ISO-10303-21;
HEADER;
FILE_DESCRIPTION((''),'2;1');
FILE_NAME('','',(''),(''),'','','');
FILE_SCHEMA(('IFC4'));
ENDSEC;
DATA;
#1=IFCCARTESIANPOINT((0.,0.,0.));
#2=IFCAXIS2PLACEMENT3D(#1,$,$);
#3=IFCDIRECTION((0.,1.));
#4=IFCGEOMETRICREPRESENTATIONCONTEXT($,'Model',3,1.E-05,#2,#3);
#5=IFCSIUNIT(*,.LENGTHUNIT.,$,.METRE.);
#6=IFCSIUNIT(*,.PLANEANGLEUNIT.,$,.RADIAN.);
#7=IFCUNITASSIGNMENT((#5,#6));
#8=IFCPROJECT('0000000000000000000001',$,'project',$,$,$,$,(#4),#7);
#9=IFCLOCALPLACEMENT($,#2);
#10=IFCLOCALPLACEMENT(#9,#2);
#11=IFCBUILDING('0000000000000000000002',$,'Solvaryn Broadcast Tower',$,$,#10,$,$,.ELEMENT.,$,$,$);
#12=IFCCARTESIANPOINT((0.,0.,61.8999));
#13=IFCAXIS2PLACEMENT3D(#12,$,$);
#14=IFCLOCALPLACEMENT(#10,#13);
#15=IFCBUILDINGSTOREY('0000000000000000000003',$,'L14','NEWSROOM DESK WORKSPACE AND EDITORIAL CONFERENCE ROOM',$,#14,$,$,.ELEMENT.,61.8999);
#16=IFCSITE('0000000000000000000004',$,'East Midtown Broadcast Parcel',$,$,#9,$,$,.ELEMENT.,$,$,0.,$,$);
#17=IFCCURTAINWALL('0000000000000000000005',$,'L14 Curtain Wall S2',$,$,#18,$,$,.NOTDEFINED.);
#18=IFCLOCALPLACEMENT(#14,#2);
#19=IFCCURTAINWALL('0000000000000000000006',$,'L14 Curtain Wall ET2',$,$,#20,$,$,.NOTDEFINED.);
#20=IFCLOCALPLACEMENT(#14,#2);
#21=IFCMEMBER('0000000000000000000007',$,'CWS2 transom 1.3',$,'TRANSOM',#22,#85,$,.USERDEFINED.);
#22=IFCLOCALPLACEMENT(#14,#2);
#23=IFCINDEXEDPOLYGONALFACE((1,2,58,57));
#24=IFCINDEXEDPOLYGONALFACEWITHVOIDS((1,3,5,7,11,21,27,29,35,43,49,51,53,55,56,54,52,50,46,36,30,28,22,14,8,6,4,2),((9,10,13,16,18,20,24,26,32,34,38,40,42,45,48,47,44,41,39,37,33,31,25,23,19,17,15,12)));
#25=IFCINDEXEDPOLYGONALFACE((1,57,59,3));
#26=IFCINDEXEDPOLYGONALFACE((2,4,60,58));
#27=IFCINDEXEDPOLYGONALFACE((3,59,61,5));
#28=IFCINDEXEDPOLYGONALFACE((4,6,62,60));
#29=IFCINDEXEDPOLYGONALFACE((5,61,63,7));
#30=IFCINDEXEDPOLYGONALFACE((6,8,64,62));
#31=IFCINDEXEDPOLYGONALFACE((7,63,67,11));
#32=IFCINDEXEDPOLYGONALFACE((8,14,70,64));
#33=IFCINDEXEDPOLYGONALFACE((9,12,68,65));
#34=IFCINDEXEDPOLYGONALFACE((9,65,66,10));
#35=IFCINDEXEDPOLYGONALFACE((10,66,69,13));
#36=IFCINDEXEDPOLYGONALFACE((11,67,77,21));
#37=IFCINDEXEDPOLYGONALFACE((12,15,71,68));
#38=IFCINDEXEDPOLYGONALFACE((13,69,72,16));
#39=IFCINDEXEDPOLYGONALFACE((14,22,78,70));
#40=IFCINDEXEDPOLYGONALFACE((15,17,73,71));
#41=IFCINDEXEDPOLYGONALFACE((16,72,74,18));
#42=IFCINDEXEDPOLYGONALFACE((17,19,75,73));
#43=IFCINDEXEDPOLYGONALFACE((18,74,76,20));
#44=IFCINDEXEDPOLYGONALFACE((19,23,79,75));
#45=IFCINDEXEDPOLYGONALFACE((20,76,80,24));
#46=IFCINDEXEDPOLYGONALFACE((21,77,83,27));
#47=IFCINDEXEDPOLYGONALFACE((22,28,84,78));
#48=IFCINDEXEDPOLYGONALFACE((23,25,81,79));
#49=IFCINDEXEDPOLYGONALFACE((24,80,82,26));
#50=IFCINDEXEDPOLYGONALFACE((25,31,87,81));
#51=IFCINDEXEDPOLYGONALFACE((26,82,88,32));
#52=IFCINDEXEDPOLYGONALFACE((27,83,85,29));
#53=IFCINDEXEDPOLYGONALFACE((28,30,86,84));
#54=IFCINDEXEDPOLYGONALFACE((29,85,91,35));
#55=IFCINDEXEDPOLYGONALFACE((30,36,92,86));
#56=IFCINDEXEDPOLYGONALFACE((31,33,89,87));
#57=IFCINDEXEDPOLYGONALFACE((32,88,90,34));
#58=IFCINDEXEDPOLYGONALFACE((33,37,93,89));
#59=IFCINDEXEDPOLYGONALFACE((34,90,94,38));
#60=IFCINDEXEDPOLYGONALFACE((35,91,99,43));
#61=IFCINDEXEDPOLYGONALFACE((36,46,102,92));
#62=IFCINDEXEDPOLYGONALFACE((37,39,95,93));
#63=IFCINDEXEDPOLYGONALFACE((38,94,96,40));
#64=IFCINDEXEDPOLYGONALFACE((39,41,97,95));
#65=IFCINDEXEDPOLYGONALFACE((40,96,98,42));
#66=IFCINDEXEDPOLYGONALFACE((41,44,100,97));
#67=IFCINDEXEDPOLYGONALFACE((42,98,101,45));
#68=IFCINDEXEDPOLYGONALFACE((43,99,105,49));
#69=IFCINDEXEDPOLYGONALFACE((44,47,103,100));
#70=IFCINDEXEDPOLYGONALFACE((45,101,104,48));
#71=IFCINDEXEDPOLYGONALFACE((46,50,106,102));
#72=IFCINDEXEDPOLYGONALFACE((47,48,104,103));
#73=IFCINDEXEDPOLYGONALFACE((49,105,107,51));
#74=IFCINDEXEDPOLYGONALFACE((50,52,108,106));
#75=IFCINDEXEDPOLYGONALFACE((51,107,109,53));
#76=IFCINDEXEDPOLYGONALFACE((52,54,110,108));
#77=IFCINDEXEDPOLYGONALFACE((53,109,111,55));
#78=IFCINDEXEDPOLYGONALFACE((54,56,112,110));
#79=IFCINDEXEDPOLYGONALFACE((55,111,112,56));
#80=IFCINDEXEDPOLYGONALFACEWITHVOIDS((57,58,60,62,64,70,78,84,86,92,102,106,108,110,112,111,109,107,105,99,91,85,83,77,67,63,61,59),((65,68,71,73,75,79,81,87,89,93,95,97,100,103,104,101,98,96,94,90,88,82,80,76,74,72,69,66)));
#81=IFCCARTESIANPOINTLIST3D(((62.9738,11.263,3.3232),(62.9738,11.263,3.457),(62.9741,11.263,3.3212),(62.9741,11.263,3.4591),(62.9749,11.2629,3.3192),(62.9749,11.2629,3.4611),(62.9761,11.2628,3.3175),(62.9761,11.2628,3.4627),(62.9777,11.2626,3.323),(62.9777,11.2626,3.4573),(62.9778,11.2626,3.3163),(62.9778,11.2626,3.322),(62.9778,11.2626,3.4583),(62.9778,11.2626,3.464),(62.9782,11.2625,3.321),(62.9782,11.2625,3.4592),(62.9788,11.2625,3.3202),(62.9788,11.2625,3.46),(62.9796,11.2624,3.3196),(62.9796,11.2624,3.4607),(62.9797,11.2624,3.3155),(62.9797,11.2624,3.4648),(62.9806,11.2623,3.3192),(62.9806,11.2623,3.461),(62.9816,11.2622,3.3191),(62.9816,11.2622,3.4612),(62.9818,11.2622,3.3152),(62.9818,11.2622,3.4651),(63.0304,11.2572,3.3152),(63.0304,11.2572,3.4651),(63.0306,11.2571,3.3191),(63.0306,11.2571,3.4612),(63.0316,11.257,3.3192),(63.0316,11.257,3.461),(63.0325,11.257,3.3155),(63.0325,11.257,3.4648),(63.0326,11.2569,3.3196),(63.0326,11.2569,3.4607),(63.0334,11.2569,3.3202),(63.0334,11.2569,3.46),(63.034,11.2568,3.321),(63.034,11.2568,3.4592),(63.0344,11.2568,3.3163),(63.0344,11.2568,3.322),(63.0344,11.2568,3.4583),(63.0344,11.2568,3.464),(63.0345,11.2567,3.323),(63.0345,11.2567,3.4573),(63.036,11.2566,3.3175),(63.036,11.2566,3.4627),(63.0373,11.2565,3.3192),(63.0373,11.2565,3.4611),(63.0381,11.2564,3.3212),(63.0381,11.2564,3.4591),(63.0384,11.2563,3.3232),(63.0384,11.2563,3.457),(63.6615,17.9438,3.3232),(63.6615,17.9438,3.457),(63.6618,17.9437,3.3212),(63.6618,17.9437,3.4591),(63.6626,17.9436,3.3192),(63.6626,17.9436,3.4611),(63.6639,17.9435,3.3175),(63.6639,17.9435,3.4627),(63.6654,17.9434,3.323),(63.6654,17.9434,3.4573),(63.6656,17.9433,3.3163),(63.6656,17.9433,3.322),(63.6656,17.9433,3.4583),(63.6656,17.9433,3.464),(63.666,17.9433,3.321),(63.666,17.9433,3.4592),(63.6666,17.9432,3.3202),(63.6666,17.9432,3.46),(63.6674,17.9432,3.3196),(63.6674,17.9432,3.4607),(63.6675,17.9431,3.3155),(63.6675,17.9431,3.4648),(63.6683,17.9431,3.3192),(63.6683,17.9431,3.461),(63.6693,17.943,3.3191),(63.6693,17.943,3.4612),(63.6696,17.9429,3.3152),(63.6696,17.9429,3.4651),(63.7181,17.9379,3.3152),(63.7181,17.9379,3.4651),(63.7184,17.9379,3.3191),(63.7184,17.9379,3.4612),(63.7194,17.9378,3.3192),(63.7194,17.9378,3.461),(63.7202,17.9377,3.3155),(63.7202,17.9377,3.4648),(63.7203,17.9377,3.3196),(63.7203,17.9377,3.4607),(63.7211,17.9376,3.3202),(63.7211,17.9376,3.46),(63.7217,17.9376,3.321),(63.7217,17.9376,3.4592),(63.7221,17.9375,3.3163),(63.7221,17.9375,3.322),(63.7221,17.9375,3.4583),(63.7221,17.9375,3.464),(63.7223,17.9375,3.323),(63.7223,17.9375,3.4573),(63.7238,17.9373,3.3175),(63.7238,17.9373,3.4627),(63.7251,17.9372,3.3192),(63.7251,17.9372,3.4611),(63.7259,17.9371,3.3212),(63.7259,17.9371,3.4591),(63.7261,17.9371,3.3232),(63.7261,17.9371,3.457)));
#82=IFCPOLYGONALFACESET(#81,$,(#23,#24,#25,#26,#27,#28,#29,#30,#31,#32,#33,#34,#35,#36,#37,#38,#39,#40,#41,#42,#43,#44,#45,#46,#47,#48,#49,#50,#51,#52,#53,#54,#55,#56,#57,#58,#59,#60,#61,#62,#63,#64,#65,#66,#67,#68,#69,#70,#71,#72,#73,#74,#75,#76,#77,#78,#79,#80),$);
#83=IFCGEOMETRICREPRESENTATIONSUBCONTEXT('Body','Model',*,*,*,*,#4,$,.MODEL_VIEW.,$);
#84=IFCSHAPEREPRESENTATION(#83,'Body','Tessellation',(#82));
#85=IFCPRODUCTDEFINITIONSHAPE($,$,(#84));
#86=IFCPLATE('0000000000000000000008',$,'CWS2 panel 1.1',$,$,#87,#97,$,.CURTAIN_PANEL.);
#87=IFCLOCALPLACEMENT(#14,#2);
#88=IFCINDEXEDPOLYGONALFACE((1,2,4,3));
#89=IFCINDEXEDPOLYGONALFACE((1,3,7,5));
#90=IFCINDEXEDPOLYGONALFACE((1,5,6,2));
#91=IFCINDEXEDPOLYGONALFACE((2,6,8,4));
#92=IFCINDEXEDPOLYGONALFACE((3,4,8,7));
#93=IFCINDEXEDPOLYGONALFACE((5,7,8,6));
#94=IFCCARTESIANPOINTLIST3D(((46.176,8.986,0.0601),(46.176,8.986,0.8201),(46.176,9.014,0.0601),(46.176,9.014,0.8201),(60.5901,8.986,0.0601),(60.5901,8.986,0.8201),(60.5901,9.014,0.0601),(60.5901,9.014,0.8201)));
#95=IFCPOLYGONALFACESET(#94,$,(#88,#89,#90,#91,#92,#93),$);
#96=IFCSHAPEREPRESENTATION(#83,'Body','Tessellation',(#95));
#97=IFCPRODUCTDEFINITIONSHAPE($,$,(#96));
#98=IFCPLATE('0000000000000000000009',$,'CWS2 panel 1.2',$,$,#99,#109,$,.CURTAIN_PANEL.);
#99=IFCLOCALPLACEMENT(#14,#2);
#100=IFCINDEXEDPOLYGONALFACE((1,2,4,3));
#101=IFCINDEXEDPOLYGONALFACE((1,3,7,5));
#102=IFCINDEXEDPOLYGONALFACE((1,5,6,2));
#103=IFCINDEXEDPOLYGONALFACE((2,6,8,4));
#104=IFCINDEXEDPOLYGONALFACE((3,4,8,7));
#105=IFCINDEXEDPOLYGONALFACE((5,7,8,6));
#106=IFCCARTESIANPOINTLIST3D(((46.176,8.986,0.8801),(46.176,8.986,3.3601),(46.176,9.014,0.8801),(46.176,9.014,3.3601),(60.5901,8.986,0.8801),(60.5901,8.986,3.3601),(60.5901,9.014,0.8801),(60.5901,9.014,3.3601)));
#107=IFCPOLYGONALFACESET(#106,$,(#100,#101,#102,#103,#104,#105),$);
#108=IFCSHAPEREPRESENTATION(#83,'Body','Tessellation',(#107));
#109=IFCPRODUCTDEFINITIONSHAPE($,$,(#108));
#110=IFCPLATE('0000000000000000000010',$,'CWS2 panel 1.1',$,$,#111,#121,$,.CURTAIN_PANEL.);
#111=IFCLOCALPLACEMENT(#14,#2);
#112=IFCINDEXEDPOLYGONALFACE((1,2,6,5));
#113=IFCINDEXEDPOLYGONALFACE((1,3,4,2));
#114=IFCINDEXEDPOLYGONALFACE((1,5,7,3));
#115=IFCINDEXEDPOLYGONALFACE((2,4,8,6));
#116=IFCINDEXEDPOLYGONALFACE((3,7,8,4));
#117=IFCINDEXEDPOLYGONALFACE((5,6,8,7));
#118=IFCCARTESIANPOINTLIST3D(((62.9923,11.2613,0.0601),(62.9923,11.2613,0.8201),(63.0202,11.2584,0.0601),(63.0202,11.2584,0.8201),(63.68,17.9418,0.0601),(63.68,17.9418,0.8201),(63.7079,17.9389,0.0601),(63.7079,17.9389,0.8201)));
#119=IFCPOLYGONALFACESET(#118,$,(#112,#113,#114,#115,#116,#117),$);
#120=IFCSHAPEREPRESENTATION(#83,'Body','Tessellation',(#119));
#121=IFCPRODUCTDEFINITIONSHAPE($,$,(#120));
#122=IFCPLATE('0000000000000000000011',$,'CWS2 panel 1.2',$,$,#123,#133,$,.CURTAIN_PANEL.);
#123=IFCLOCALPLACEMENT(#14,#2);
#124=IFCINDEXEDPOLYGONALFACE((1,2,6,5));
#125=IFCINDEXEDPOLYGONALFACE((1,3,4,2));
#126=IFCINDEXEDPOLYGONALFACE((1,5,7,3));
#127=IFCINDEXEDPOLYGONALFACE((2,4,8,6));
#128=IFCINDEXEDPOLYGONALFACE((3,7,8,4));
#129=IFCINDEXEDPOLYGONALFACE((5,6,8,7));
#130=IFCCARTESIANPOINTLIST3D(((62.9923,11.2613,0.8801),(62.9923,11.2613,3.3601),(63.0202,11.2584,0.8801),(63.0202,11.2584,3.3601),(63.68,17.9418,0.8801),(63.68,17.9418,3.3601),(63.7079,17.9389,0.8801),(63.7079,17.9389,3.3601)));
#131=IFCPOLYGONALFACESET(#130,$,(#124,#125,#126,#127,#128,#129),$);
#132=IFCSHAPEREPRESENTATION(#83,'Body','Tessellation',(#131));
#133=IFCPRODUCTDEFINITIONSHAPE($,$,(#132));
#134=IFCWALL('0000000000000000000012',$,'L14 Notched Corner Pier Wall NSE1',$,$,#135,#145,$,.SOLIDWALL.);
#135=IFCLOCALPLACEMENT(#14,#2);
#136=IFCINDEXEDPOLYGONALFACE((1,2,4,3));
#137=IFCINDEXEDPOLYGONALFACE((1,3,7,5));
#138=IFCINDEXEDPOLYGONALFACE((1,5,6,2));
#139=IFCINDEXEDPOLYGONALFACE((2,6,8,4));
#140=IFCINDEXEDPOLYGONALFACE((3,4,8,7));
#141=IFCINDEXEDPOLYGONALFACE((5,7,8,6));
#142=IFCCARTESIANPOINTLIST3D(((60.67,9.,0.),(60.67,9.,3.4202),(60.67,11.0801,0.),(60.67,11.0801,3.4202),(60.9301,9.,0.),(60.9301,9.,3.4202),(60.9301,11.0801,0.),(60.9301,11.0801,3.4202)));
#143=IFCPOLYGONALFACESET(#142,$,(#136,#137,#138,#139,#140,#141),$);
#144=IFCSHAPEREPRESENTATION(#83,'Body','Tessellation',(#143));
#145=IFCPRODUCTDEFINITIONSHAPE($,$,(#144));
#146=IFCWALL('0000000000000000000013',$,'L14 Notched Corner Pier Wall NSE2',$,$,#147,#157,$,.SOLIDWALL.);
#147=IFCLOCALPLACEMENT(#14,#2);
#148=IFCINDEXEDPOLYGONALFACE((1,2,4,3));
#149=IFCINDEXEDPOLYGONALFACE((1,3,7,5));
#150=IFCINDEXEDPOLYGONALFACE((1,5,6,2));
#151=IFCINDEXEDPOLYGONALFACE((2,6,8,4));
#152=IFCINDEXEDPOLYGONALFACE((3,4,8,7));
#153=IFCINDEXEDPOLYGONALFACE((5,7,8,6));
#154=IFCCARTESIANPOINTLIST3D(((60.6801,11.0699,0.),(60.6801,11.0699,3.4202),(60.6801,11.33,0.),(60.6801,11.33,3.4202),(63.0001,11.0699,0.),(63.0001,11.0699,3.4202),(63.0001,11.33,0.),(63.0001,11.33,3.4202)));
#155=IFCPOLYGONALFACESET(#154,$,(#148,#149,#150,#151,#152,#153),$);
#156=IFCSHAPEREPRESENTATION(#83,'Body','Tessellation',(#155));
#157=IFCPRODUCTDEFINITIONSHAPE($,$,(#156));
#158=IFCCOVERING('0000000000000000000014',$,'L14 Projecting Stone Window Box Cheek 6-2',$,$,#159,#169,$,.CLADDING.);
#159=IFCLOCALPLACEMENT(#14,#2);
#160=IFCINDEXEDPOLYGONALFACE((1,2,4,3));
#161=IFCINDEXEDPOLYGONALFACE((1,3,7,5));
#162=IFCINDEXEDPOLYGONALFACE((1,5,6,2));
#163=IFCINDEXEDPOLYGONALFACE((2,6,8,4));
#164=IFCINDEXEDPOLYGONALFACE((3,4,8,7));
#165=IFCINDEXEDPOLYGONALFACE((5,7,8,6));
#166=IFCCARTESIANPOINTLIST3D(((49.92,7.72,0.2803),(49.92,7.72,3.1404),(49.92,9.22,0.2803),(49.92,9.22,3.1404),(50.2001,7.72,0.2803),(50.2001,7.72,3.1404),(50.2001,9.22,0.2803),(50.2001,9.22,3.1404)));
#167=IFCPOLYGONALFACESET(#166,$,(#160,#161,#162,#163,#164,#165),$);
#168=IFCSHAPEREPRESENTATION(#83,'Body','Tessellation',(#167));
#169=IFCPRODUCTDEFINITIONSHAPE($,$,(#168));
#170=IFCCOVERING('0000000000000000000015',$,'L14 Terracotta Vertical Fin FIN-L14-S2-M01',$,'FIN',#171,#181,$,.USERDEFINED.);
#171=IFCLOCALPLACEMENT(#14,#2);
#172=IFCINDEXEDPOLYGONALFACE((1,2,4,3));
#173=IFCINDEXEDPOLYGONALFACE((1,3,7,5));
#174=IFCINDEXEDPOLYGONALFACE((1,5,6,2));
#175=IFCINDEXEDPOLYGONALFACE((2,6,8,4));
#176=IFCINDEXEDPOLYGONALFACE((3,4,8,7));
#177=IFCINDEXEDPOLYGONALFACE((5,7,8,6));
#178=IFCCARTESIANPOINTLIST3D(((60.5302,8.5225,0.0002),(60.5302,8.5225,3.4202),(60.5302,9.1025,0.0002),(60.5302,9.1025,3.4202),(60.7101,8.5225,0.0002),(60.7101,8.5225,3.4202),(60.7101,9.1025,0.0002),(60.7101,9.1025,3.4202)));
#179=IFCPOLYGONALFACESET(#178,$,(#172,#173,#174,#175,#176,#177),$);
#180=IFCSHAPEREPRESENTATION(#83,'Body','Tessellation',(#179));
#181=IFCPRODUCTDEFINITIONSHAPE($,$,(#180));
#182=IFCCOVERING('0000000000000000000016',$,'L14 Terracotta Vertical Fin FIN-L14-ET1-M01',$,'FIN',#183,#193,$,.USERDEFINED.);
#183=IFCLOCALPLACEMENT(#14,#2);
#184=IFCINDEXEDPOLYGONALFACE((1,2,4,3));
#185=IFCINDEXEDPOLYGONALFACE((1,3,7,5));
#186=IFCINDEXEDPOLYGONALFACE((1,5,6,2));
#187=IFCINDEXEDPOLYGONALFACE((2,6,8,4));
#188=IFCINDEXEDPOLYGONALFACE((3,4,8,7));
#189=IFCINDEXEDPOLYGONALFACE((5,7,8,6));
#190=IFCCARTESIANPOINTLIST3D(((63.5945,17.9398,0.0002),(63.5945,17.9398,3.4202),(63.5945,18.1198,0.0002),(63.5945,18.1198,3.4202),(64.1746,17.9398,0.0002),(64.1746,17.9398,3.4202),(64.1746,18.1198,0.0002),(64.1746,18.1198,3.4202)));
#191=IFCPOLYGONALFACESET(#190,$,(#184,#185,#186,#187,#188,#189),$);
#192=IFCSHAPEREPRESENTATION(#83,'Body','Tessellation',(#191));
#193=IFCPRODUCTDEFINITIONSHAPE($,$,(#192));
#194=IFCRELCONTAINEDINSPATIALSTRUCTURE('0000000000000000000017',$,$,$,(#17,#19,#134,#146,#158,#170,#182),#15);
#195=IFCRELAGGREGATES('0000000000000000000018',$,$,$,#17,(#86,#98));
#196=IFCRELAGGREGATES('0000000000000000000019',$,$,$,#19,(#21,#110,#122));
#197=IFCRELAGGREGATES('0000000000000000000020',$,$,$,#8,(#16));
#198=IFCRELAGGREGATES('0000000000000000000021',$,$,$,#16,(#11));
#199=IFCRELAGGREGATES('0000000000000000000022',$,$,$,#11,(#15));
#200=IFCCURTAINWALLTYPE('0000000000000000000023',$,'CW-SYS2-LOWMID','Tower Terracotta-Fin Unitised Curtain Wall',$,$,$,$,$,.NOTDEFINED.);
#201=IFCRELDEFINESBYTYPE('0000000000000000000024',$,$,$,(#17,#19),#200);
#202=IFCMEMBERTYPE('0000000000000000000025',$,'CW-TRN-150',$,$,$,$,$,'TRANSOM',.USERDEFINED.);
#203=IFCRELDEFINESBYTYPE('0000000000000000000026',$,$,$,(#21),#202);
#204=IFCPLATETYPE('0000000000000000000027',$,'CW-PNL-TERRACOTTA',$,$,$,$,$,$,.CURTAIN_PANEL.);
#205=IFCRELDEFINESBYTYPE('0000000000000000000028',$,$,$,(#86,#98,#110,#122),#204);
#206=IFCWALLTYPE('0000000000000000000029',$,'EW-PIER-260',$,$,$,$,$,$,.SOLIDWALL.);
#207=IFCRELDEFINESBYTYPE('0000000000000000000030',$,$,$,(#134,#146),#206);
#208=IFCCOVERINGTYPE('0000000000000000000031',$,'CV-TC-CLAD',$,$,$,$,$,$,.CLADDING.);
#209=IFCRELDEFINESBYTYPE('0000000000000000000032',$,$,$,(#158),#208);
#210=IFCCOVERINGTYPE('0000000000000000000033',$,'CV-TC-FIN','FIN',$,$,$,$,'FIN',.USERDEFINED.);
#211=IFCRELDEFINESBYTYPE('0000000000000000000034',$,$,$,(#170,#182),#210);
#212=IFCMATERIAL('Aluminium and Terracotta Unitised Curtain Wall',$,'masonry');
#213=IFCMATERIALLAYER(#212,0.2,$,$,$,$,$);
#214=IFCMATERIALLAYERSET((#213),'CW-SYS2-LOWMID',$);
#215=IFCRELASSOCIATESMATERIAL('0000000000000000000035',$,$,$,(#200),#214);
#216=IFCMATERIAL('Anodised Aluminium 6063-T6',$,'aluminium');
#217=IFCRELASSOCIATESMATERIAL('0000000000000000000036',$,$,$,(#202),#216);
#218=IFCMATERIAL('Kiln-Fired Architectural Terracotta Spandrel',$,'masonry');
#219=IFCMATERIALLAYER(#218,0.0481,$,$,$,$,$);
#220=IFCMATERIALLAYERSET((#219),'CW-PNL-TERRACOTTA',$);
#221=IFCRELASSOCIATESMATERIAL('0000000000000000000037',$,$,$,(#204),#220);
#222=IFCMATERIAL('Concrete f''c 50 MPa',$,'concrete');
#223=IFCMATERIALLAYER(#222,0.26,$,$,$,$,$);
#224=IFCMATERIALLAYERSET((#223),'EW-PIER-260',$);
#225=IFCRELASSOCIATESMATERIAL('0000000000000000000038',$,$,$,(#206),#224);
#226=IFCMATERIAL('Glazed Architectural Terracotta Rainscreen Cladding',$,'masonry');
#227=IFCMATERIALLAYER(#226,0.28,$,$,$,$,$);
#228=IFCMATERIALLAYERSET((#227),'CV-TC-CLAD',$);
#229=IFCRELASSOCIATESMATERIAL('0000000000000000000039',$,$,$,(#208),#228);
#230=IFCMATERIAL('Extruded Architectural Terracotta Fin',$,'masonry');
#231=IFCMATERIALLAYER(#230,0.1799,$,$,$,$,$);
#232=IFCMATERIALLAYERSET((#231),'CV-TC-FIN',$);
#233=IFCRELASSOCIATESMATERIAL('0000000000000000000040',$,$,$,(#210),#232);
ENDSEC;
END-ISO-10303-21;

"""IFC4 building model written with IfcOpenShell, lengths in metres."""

from ifc_helpers import new_model, si_unit, direction, frame, frame_2d, origin, origin_2d, place, context, subcontext, project, spatial, rectangle, hollow_rectangle, extrude, material, layer, layer_set, material_profile, profile_set, type_object, element, aggregate, save


model = new_model("IFC4")

# Units and contexts
model_context = context("Model", 3, precision=1e-05, world=origin(), true_north=direction((0.0, 1.0)))
body_context = subcontext(model_context, "Body", "Model", "MODEL_VIEW")
ifc_project = project(units=[si_unit("LENGTHUNIT", "METRE"), si_unit("PLANEANGLEUNIT", "RADIAN")], contexts=[model_context])

# Site, building, storey
site_placement = place(None, origin())
site = spatial("IfcSite", under=ifc_project, at=site_placement, Name="East Midtown Broadcast Parcel", CompositionType="ELEMENT", RefElevation=0.0)
building_placement = place(site_placement, origin())
building = spatial("IfcBuilding", under=site, at=building_placement, Name="Solvaryn Broadcast Tower", CompositionType="ELEMENT")
storey_placement = place(building_placement, frame((0.0, 0.0, 61.8999)))
storey = spatial("IfcBuildingStorey", under=building, at=storey_placement, Name="L14", Description="NEWSROOM DESK WORKSPACE AND EDITORIAL CONFERENCE ROOM", CompositionType="ELEMENT", Elevation=61.8999)

# Curtain wall
ifc_material_1 = material(Name="Aluminium and Terracotta Unitised Curtain Wall", Category="masonry")
ifc_layer_1 = layer(ifc_material_1, 0.2)
ifc_layer_set_1 = layer_set([ifc_layer_1], Name="CW-SYS2-LOWMID")
curtain_wall_type = type_object("IfcCurtainWallType", Name="CW-SYS2-LOWMID", Description="Tower Terracotta-Fin Unitised Curtain Wall", PredefinedType="NOTDEFINED", material=ifc_layer_set_1)
curtain_wall_1_placement = place(storey_placement, origin())
curtain_wall_1 = element("IfcCurtainWall", 1, at=curtain_wall_1_placement, inside=storey, type_object=curtain_wall_type, Name="L14 Curtain Wall S2", PredefinedType="NOTDEFINED")

# Curtain wall, member
curtain_wall_2_placement = place(storey_placement, origin())
curtain_wall_2 = element("IfcCurtainWall", 2, at=curtain_wall_2_placement, inside=storey, type_object=curtain_wall_type, Name="L14 Curtain Wall ET2", PredefinedType="NOTDEFINED")
ifc_material_2 = material(Name="Anodised Aluminium 6063-T6", Category="aluminium")
ifc_material_profile_1 = material_profile(ifc_material_2, hollow_rectangle(XDim=0.0649, YDim=0.1499, WallThickness=0.0039, InnerFilletRadius=0.0039, OuterFilletRadius=0.0081, at=origin_2d()))
ifc_profile_set_1 = profile_set([ifc_material_profile_1], Name="Anodised Aluminium 6063-T6")
member_type_1 = type_object("IfcMemberType", Name="CW-TRN-150", ElementType="TRANSOM", PredefinedType="USERDEFINED", material=ifc_profile_set_1)
member_1_placement = place(storey_placement, frame((63.6938, 17.9404, 3.3901), z_axis=(-0.102404, -0.994743, 0.0), x_axis=(0.994743, -0.102404, 0.0)))
member_1 = element("IfcMember", 3, at=member_1_placement, type_object=member_type_1, Name="CWS2 transom 1.3", ObjectType="TRANSOM", PredefinedType="USERDEFINED", context=body_context, shape_type="SweptSolid", body=[
    extrude(hollow_rectangle(XDim=0.0649, YDim=0.1499, WallThickness=0.0039, InnerFilletRadius=0.0039, OuterFilletRadius=0.0081, at=origin_2d()), origin(), (0.0, 0.0, 1.0), 6.7161),
])

# Plates
ifc_material_3 = material(Name="Kiln-Fired Architectural Terracotta Spandrel", Category="masonry")
ifc_layer_2 = layer(ifc_material_3, 0.0481)
ifc_layer_set_2 = layer_set([ifc_layer_2], Name="CW-PNL-TERRACOTTA")
plate_type = type_object("IfcPlateType", Name="CW-PNL-TERRACOTTA", PredefinedType="CURTAIN_PANEL", material=ifc_layer_set_2)
plate_1_placement = place(storey_placement, frame((53.3831, 9.0, 0.0601), z_axis=(0.0, 0.0, 1.0), x_axis=(1.0, 0.0, 0.0)))
plate_1 = element("IfcPlate", 4, at=plate_1_placement, type_object=plate_type, Name="CWS2 panel 1.1", PredefinedType="CURTAIN_PANEL", context=body_context, shape_type="SweptSolid", body=[
    extrude(rectangle(XDim=14.4141, YDim=0.0281, at=origin_2d()), origin(), (0.0, 0.0, 1.0), 0.76),
])
plate_2_placement = place(storey_placement, frame((53.3831, 9.0, 0.8801), z_axis=(0.0, 0.0, 1.0), x_axis=(1.0, 0.0, 0.0)))
plate_2 = element("IfcPlate", 5, at=plate_2_placement, type_object=plate_type, Name="CWS2 panel 1.2", PredefinedType="CURTAIN_PANEL", context=body_context, shape_type="SweptSolid", body=[
    extrude(rectangle(XDim=14.4141, YDim=0.0281, at=origin_2d()), origin(), (0.0, 0.0, 1.0), 2.48),
])
aggregate(curtain_wall_1, [plate_1, plate_2])
plate_3_placement = place(storey_placement, frame((63.3501, 14.6001, 0.0601), z_axis=(0.0, 0.0, 1.0), x_axis=(-0.1024, -0.994743, 0.0)))
plate_3 = element("IfcPlate", 6, at=plate_3_placement, type_object=plate_type, Name="CWS2 panel 1.1", PredefinedType="CURTAIN_PANEL", context=body_context, shape_type="SweptSolid", body=[
    extrude(rectangle(XDim=6.7158, YDim=0.0281, at=origin_2d()), origin(), (0.0, 0.0, 1.0), 0.76),
])
plate_4_placement = place(storey_placement, frame((63.3501, 14.6001, 0.8801), z_axis=(0.0, 0.0, 1.0), x_axis=(-0.1024, -0.994743, 0.0)))
plate_4 = element("IfcPlate", 7, at=plate_4_placement, type_object=plate_type, Name="CWS2 panel 1.2", PredefinedType="CURTAIN_PANEL", context=body_context, shape_type="SweptSolid", body=[
    extrude(rectangle(XDim=6.7158, YDim=0.0281, at=origin_2d()), origin(), (0.0, 0.0, 1.0), 2.48),
])
aggregate(curtain_wall_2, [member_1, plate_3, plate_4])

# Walls
ifc_material_4 = material(Name="Concrete f'c 50 MPa", Category="concrete")
ifc_layer_3 = layer(ifc_material_4, 0.26)
ifc_layer_set_3 = layer_set([ifc_layer_3], Name="EW-PIER-260")
wall_type = type_object("IfcWallType", Name="EW-PIER-260", PredefinedType="SOLIDWALL", material=ifc_layer_set_3)
wall_1_placement = place(storey_placement, frame((60.8, 9.0, 0.0), z_axis=(0.0, 0.0, 1.0), x_axis=(0.0, 1.0, 0.0)))
element("IfcWall", 8, at=wall_1_placement, inside=storey, type_object=wall_type, Name="L14 Notched Corner Pier Wall NSE1", PredefinedType="SOLIDWALL", context=body_context, shape_type="SweptSolid", body=[
    extrude(rectangle(XDim=2.0801, YDim=0.26, at=frame_2d((1.04, 0.0))), origin(), (0.0, 0.0, 1.0), 3.4202),
])
wall_2_placement = place(storey_placement, frame((60.6799, 11.2, 0.0), z_axis=(0.0, 0.0, 1.0), x_axis=(1.0, 0.0, 0.0)))
element("IfcWall", 9, at=wall_2_placement, inside=storey, type_object=wall_type, Name="L14 Notched Corner Pier Wall NSE2", PredefinedType="SOLIDWALL", context=body_context, shape_type="SweptSolid", body=[
    extrude(rectangle(XDim=2.3201, YDim=0.26, at=frame_2d((1.1602, 0.0))), origin(), (0.0, 0.0, 1.0), 3.4202),
])

# Coverings
ifc_material_5 = material(Name="Glazed Architectural Terracotta Rainscreen Cladding", Category="masonry")
ifc_layer_4 = layer(ifc_material_5, 0.28)
ifc_layer_set_4 = layer_set([ifc_layer_4], Name="CV-TC-CLAD")
covering_type_1 = type_object("IfcCoveringType", Name="CV-TC-CLAD", PredefinedType="CLADDING", material=ifc_layer_set_4)
covering_1_placement = place(storey_placement, frame((50.0601, 8.47, 0.2803), z_axis=(0.0, 0.0, 1.0), x_axis=(1.0, 0.0, 0.0)))
element("IfcCovering", 10, at=covering_1_placement, inside=storey, type_object=covering_type_1, Name="L14 Projecting Stone Window Box Cheek 6-2", PredefinedType="CLADDING", context=body_context, shape_type="SweptSolid", body=[
    extrude(rectangle(XDim=0.28, YDim=1.5, at=origin_2d()), origin(), (0.0, 0.0, 1.0), 2.8601),
])
ifc_material_6 = material(Name="Extruded Architectural Terracotta Fin", Category="masonry")
ifc_layer_5 = layer(ifc_material_6, 0.1799)
ifc_layer_set_5 = layer_set([ifc_layer_5], Name="CV-TC-FIN")
covering_type_2 = type_object("IfcCoveringType", Name="CV-TC-FIN", Description="FIN", ElementType="FIN", PredefinedType="USERDEFINED", material=ifc_layer_set_5)
covering_2_placement = place(storey_placement, frame((60.6201, 8.8125, 0.0002), z_axis=(0.0, 0.0, 1.0), x_axis=(1.0, 0.0, 0.0)))
element("IfcCovering", 11, at=covering_2_placement, inside=storey, type_object=covering_type_2, Name="L14 Terracotta Vertical Fin FIN-L14-S2-M01", ObjectType="FIN", PredefinedType="USERDEFINED", context=body_context, shape_type="SweptSolid", body=[
    extrude(rectangle(XDim=0.1799, YDim=0.5801, at=origin_2d()), origin(), (0.0, 0.0, 1.0), 3.4199),
])
for number, where, z_axis, x_axis, name in (
    (12, (63.8845, 18.0298, 0.0002), (0.0, 0.0, 1.0), (1.0, 0.0, 0.0), "L14 Terracotta Vertical Fin FIN-L14-ET1-M01"),
):
    element("IfcCovering", number, at=place(storey_placement, frame(where, z_axis=z_axis, x_axis=x_axis)), inside=storey, type_object=covering_type_2, Name=name, ObjectType="FIN", PredefinedType="USERDEFINED", context=body_context, shape_type="SweptSolid", body=[
        extrude(rectangle(XDim=0.5801, YDim=0.1799, at=origin_2d()), origin(), (0.0, 0.0, 1.0), 3.4199),
    ])

save(model, "model.ifc")
